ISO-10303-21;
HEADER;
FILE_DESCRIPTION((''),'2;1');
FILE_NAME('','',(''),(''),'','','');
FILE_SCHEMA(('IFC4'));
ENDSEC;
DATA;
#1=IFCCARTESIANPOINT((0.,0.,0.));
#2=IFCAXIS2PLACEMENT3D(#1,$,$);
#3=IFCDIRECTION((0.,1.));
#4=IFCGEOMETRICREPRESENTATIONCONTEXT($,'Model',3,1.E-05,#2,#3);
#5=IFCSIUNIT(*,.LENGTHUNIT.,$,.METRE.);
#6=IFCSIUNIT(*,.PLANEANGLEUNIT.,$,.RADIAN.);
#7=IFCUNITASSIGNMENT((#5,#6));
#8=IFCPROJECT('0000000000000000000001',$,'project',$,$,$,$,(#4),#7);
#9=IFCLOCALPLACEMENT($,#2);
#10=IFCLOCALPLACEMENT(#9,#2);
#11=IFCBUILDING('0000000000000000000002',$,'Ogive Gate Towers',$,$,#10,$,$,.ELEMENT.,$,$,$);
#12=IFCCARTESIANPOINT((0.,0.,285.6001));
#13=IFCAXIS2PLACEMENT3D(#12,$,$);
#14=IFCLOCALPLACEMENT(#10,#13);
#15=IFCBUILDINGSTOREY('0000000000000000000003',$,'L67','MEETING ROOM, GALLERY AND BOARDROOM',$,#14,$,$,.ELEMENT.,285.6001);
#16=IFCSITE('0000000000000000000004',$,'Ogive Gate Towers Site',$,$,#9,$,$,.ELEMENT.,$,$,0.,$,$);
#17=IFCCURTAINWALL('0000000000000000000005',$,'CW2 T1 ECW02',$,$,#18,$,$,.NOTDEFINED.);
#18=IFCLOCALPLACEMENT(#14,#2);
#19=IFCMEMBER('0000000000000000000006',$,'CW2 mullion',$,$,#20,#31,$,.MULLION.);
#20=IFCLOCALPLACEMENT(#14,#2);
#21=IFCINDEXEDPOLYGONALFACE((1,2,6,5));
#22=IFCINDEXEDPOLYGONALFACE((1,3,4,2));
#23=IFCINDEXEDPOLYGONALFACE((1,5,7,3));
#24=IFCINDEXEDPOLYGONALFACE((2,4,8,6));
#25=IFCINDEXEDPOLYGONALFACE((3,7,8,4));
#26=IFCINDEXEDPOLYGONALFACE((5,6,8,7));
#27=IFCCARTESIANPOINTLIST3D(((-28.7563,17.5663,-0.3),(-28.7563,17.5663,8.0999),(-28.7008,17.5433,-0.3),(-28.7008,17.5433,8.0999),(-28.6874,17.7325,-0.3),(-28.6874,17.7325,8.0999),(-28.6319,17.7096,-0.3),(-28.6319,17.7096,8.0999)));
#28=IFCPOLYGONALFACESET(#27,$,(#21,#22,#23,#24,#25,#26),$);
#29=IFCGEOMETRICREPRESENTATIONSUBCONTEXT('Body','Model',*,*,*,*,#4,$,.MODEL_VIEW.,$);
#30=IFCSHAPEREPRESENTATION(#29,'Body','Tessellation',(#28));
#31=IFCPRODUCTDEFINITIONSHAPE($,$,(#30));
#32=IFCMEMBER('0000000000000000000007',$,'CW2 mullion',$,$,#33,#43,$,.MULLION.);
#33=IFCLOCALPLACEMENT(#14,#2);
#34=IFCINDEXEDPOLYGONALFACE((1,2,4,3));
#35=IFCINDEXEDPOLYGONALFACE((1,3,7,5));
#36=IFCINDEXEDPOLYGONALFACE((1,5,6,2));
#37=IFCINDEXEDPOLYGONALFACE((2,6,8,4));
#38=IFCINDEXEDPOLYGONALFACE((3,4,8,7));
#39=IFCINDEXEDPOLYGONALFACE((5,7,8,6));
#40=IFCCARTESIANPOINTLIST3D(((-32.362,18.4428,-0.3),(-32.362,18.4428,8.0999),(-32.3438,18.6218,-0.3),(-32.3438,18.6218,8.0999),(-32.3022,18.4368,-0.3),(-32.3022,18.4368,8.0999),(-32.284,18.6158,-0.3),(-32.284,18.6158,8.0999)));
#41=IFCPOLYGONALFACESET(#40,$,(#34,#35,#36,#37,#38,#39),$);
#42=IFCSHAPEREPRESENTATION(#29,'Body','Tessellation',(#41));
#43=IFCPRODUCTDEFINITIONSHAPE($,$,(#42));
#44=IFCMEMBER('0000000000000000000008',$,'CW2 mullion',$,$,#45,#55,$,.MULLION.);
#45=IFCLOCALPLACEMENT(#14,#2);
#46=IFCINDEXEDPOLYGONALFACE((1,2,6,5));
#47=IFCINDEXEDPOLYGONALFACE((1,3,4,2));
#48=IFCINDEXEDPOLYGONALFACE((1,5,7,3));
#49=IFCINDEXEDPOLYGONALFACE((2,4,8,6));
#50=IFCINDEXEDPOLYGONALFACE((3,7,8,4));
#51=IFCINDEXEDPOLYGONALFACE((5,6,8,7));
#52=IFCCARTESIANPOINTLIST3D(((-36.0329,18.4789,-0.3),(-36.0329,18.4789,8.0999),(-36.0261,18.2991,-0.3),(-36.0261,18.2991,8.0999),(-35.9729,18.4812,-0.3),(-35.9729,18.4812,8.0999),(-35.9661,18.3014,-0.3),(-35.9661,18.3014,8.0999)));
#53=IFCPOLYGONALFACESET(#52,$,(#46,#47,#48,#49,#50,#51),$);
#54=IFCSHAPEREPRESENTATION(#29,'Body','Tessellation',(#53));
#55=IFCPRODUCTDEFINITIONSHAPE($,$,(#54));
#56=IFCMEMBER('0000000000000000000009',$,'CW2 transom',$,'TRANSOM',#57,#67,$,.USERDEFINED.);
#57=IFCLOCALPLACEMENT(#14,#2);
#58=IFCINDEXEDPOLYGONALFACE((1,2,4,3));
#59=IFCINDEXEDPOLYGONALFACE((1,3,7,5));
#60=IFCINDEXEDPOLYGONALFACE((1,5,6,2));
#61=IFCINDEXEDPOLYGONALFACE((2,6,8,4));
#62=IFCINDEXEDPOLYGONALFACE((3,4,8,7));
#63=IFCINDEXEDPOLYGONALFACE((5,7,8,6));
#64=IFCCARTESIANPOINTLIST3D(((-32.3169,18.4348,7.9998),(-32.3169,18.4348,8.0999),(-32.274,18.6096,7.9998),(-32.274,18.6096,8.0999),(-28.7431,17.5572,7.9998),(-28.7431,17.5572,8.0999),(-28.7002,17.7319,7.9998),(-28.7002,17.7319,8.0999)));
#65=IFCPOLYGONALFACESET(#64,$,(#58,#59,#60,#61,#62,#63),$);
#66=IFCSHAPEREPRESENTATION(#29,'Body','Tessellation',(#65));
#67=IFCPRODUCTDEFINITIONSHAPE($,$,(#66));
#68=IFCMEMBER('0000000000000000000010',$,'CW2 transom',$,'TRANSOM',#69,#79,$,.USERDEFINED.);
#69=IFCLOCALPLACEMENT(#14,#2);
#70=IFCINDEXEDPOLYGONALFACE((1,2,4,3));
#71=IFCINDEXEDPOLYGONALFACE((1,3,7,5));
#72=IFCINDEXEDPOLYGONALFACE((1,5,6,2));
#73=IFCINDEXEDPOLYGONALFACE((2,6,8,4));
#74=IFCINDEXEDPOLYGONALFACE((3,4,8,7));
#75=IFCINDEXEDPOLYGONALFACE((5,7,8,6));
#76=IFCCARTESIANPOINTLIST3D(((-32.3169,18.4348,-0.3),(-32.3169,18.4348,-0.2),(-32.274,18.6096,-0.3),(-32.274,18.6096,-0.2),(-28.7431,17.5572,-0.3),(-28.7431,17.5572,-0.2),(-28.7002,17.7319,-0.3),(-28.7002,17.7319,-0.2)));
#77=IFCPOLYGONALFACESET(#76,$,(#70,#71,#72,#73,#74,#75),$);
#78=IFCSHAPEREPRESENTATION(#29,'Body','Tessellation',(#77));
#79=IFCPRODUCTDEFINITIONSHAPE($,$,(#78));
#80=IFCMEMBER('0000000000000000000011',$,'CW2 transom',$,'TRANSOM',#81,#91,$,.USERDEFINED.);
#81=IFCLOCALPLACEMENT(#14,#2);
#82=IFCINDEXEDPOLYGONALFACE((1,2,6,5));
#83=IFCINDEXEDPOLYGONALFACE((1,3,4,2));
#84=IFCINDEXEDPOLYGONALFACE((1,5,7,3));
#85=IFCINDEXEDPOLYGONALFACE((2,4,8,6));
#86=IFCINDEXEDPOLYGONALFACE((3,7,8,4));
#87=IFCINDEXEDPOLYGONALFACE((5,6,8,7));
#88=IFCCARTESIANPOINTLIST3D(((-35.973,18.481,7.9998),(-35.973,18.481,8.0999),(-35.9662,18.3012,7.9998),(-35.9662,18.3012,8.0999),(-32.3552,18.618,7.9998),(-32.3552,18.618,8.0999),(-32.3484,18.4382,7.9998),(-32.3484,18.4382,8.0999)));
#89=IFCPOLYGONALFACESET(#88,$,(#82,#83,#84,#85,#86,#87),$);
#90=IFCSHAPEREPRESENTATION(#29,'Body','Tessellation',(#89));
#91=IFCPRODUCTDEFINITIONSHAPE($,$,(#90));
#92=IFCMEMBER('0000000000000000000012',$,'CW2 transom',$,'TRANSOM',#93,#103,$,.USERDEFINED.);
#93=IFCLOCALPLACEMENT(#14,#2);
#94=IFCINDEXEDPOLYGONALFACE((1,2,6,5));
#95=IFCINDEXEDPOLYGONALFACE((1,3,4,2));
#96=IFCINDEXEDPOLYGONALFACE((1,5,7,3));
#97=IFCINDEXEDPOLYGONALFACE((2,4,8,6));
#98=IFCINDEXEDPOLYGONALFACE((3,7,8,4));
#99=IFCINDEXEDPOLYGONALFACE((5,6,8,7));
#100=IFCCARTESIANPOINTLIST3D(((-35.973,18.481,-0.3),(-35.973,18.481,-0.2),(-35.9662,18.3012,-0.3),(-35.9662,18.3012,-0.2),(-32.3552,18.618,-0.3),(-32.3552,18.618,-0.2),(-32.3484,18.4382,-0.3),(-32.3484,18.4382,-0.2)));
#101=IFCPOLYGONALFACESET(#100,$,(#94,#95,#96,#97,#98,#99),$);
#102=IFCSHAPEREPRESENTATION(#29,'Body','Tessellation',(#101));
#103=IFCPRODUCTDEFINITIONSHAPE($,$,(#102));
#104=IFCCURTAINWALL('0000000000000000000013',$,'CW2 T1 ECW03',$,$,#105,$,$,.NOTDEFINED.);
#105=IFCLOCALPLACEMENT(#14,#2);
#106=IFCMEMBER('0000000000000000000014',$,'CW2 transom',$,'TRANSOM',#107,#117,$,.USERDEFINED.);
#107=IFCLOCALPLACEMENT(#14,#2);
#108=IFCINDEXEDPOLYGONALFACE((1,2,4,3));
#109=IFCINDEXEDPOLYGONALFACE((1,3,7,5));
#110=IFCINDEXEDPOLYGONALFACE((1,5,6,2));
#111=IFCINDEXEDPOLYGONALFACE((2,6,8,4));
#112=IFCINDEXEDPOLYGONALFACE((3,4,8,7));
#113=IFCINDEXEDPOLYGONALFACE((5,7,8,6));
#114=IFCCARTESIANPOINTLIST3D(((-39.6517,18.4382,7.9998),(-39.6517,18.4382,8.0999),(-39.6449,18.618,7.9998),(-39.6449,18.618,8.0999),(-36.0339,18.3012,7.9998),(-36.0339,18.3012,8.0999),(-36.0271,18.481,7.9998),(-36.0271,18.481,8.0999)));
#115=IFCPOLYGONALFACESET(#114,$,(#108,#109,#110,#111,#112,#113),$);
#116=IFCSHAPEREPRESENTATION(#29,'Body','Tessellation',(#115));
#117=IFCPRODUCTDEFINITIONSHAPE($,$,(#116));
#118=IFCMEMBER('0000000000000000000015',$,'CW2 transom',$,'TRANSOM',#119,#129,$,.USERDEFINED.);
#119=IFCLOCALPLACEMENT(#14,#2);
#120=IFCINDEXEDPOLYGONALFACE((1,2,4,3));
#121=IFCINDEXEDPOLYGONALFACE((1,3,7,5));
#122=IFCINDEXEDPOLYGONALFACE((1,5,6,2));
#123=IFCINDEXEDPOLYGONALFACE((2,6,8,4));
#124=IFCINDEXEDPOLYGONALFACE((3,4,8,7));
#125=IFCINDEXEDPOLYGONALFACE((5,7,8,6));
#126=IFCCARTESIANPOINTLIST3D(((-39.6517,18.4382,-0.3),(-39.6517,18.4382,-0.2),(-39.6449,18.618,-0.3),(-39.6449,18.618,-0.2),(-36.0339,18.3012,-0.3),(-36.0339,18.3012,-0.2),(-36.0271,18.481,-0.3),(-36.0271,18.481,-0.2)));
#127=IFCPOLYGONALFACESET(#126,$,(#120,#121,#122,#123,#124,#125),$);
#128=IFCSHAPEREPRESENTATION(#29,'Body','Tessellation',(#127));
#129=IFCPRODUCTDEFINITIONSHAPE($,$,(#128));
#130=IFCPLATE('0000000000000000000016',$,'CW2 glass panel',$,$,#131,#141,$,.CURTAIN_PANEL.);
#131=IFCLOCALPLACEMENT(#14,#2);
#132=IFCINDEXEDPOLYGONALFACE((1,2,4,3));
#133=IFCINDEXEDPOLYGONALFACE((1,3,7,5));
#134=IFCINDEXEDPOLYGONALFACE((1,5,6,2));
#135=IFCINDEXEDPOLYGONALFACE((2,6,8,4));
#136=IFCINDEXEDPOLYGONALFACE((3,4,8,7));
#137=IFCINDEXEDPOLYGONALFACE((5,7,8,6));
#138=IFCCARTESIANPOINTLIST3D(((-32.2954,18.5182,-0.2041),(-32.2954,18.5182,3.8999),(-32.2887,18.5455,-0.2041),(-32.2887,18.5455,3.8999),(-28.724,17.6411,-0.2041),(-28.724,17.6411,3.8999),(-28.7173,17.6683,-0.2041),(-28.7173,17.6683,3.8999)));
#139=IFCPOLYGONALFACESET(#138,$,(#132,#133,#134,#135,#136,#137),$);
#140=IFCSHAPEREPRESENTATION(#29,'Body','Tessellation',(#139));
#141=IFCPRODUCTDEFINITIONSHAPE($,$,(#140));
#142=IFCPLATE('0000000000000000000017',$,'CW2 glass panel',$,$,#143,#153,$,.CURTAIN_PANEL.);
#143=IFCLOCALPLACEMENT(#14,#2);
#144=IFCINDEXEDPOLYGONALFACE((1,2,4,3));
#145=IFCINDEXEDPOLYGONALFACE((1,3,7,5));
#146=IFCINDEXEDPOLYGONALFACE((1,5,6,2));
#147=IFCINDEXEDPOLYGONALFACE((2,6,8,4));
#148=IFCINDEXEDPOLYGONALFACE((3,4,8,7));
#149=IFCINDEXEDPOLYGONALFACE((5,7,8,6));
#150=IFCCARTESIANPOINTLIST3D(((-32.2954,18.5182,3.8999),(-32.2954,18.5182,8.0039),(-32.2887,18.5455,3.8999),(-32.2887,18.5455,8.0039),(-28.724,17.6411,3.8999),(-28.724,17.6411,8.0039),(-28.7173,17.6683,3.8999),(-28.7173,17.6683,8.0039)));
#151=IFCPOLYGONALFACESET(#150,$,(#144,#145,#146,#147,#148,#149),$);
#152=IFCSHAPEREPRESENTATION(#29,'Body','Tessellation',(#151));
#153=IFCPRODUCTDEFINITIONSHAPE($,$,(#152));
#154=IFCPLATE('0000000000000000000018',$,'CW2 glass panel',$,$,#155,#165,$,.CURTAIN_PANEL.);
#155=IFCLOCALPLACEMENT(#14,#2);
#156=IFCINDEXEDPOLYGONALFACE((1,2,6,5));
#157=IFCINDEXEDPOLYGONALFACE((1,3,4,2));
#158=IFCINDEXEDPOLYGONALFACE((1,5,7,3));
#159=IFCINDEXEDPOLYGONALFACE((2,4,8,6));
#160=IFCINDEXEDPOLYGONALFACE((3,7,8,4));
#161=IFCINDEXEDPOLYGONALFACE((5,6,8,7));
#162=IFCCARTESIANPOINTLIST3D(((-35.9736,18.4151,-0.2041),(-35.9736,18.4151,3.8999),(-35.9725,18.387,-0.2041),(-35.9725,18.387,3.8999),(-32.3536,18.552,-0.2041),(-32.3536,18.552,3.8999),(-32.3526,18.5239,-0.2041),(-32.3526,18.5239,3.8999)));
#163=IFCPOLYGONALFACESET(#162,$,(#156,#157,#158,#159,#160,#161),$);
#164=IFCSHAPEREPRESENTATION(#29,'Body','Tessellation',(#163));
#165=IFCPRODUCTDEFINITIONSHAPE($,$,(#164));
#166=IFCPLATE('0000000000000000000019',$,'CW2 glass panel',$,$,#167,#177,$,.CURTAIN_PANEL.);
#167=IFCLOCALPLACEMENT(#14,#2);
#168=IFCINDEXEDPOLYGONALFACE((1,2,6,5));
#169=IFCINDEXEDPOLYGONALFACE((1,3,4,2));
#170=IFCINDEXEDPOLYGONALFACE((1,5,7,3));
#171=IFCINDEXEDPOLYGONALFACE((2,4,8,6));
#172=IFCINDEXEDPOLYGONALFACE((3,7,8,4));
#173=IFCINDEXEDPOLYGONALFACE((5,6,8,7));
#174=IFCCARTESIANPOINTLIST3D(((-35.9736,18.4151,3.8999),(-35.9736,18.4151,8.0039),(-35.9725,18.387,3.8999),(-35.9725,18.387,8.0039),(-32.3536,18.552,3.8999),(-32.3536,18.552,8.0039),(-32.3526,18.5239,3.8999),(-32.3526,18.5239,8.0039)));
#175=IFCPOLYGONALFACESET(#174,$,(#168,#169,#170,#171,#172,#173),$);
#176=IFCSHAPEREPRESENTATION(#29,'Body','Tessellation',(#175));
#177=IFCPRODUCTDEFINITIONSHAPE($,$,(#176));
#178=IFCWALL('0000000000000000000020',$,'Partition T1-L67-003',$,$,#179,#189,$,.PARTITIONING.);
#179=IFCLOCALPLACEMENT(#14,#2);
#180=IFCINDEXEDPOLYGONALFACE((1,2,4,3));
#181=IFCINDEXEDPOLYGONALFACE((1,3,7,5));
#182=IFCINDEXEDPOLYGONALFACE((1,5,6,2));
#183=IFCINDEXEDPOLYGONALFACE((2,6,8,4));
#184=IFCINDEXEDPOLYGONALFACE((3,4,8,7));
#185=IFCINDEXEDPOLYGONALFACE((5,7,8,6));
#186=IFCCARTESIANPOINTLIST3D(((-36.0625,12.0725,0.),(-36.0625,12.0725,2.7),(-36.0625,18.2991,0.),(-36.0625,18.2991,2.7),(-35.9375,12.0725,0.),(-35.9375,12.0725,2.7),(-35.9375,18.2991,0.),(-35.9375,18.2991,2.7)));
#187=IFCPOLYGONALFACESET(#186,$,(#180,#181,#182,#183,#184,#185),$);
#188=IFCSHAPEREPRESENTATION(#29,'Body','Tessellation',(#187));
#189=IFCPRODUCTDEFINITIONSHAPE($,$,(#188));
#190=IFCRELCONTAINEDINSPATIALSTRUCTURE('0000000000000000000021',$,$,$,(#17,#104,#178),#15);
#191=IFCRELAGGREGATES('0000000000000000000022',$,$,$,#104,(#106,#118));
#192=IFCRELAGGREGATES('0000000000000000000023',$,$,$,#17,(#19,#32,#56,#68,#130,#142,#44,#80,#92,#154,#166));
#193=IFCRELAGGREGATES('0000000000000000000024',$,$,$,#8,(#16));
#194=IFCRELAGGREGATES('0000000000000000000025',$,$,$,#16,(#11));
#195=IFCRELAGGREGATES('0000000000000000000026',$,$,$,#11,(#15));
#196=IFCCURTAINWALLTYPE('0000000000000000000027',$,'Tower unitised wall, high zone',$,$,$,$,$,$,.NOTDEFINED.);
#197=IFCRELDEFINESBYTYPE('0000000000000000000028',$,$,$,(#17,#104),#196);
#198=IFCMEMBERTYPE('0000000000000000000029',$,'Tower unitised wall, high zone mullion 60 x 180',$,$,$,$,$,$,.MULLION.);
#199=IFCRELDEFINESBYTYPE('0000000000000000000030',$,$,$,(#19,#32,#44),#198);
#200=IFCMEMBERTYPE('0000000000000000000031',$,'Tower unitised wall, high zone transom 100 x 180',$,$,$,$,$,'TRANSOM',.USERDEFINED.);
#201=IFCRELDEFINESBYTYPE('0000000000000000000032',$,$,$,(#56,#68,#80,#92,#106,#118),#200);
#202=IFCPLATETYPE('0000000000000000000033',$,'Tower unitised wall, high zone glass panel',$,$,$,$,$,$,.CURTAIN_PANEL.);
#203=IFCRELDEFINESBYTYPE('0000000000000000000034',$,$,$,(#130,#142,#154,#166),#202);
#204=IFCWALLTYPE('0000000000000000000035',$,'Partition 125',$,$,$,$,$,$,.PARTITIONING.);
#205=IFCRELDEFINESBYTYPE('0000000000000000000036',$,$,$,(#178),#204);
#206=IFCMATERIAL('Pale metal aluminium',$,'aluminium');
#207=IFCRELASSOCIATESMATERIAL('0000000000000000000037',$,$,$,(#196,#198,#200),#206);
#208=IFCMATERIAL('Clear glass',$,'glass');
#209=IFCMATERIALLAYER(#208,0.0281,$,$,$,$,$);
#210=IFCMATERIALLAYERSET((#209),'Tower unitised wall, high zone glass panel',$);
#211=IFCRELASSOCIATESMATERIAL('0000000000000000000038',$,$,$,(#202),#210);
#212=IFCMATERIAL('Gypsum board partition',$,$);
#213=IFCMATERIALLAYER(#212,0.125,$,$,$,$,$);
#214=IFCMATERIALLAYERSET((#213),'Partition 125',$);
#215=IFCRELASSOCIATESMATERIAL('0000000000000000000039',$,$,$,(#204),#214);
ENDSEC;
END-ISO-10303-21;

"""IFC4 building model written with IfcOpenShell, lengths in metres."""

from ifc_helpers import new_model, si_unit, direction, frame, frame_2d, origin, origin_2d, place, context, subcontext, project, spatial, rectangle, extrude, material, layer, layer_set, material_profile, profile_set, type_object, element, aggregate, save


model = new_model("IFC4")

# Units and contexts
model_context = context("Model", 3, precision=1e-05, world=origin(), true_north=direction((0.0, 1.0)))
body_context = subcontext(model_context, "Body", "Model", "MODEL_VIEW")
ifc_project = project(units=[si_unit("LENGTHUNIT", "METRE"), si_unit("PLANEANGLEUNIT", "RADIAN")], contexts=[model_context])

# Site, building, storey
site_placement = place(None, origin())
site = spatial("IfcSite", under=ifc_project, at=site_placement, Name="Ogive Gate Towers Site", CompositionType="ELEMENT", RefElevation=0.0)
building_placement = place(site_placement, origin())
building = spatial("IfcBuilding", under=site, at=building_placement, Name="Ogive Gate Towers", CompositionType="ELEMENT")
storey_placement = place(building_placement, frame((0.0, 0.0, 285.6001)))
storey = spatial("IfcBuildingStorey", under=building, at=storey_placement, Name="L67", Description="MEETING ROOM, GALLERY AND BOARDROOM", CompositionType="ELEMENT", Elevation=285.6001)

# Curtain walls, members
ifc_material_1 = material(Name="Pale metal aluminium", Category="aluminium")
curtain_wall_type = type_object("IfcCurtainWallType", Name="Tower unitised wall, high zone", PredefinedType="NOTDEFINED", material=ifc_material_1)
curtain_wall_1_placement = place(storey_placement, origin())
curtain_wall_1 = element("IfcCurtainWall", 1, at=curtain_wall_1_placement, inside=storey, type_object=curtain_wall_type, Name="CW2 T1 ECW02", PredefinedType="NOTDEFINED")
ifc_material_profile_1 = material_profile(ifc_material_1, rectangle(XDim=0.1799, YDim=0.0601, at=origin_2d()), Name="60 x 180 aluminium box")
ifc_profile_set_1 = profile_set([ifc_material_profile_1], Name="Pale metal aluminium")
member_type_1 = type_object("IfcMemberType", Name="Tower unitised wall, high zone mullion 60 x 180", PredefinedType="MULLION", material=ifc_profile_set_1)
member_1_placement = place(storey_placement, frame((-28.6941, 17.6379, -0.3), z_axis=(0.0, 0.0, 1.0), x_axis=(0.382683, 0.92388, 0.0)))
member_1 = element("IfcMember", 2, at=member_1_placement, type_object=member_type_1, Name="CW2 mullion", PredefinedType="MULLION", context=body_context, shape_type="SweptSolid", body=[
    extrude(rectangle(XDim=0.1799, YDim=0.0601, at=origin_2d()), origin(), (0.0, 0.0, 1.0), 8.3999),
])
member_2_placement = place(storey_placement, frame((-32.323, 18.5293, -0.3), z_axis=(0.0, 0.0, 1.0), x_axis=(0.101351, 0.994851, 0.0)))
member_2 = element("IfcMember", 3, at=member_2_placement, type_object=member_type_1, Name="CW2 mullion", PredefinedType="MULLION", context=body_context, shape_type="SweptSolid", body=[
    extrude(rectangle(XDim=0.1799, YDim=0.0601, at=origin_2d()), origin(), (0.0, 0.0, 1.0), 8.3999),
])
member_3_placement = place(storey_placement, frame((-35.9995, 18.3901, -0.3), z_axis=(0.0, 0.0, 1.0), x_axis=(-0.037795, 0.999286, 0.0)))
member_3 = element("IfcMember", 4, at=member_3_placement, type_object=member_type_1, Name="CW2 mullion", PredefinedType="MULLION", context=body_context, shape_type="SweptSolid", body=[
    extrude(rectangle(XDim=0.1799, YDim=0.0601, at=origin_2d()), origin(), (0.0, 0.0, 1.0), 8.3999),
])
ifc_material_profile_2 = material_profile(ifc_material_1, rectangle(XDim=0.1799, YDim=0.1001, at=origin_2d()), Name="100 x 180 aluminium box")
ifc_profile_set_2 = profile_set([ifc_material_profile_2], Name="Pale metal aluminium")
member_type_2 = type_object("IfcMemberType", Name="Tower unitised wall, high zone transom 100 x 180", ElementType="TRANSOM", PredefinedType="USERDEFINED", material=ifc_profile_set_2)
member_4_placement = place(storey_placement, frame((-28.7217, 17.6445, 8.0498), z_axis=(-0.971141, 0.238506, 0.0), x_axis=(-0.238506, -0.971141, 0.0)))
member_4 = element("IfcMember", 5, at=member_4_placement, type_object=member_type_2, Name="CW2 transom", ObjectType="TRANSOM", PredefinedType="USERDEFINED", context=body_context, shape_type="SweptSolid", body=[
    extrude(rectangle(XDim=0.1799, YDim=0.1001, at=origin_2d()), origin(), (0.0, 0.0, 1.0), 3.6799),
])
member_5_placement = place(storey_placement, frame((-28.7217, 17.6445, -0.25), z_axis=(-0.971141, 0.238506, 0.0), x_axis=(-0.238506, -0.971141, 0.0)))
member_5 = element("IfcMember", 6, at=member_5_placement, type_object=member_type_2, Name="CW2 transom", ObjectType="TRANSOM", PredefinedType="USERDEFINED", context=body_context, shape_type="SweptSolid", body=[
    extrude(rectangle(XDim=0.1799, YDim=0.1001, at=origin_2d()), origin(), (0.0, 0.0, 1.0), 3.6799),
])
member_6_placement = place(storey_placement, frame((-32.3518, 18.5281, 8.0498), z_axis=(-0.999284, -0.037832, 0.0), x_axis=(0.037832, -0.999284, 0.0)))
member_6 = element("IfcMember", 7, at=member_6_placement, type_object=member_type_2, Name="CW2 transom", ObjectType="TRANSOM", PredefinedType="USERDEFINED", context=body_context, shape_type="SweptSolid", body=[
    extrude(rectangle(XDim=0.1799, YDim=0.1001, at=origin_2d()), origin(), (0.0, 0.0, 1.0), 3.6204),
])
member_7_placement = place(storey_placement, frame((-32.3518, 18.5281, -0.25), z_axis=(-0.999284, -0.037832, 0.0), x_axis=(0.037832, -0.999284, 0.0)))
member_7 = element("IfcMember", 8, at=member_7_placement, type_object=member_type_2, Name="CW2 transom", ObjectType="TRANSOM", PredefinedType="USERDEFINED", context=body_context, shape_type="SweptSolid", body=[
    extrude(rectangle(XDim=0.1799, YDim=0.1001, at=origin_2d()), origin(), (0.0, 0.0, 1.0), 3.6204),
])
curtain_wall_2_placement = place(storey_placement, origin())
curtain_wall_2 = element("IfcCurtainWall", 9, at=curtain_wall_2_placement, inside=storey, type_object=curtain_wall_type, Name="CW2 T1 ECW03", PredefinedType="NOTDEFINED")
member_8_placement = place(storey_placement, frame((-36.0305, 18.3911, 8.0498), z_axis=(-0.999284, 0.037832, 0.0), x_axis=(-0.037832, -0.999284, 0.0)))
member_8 = element("IfcMember", 10, at=member_8_placement, type_object=member_type_2, Name="CW2 transom", ObjectType="TRANSOM", PredefinedType="USERDEFINED", context=body_context, shape_type="SweptSolid", body=[
    extrude(rectangle(XDim=0.1799, YDim=0.1001, at=origin_2d()), origin(), (0.0, 0.0, 1.0), 3.6204),
])
member_9_placement = place(storey_placement, frame((-36.0305, 18.3911, -0.25), z_axis=(-0.999284, 0.037832, 0.0), x_axis=(-0.037832, -0.999284, 0.0)))
member_9 = element("IfcMember", 11, at=member_9_placement, type_object=member_type_2, Name="CW2 transom", ObjectType="TRANSOM", PredefinedType="USERDEFINED", context=body_context, shape_type="SweptSolid", body=[
    extrude(rectangle(XDim=0.1799, YDim=0.1001, at=origin_2d()), origin(), (0.0, 0.0, 1.0), 3.6204),
])
aggregate(curtain_wall_2, [member_8, member_9])

# Plates
ifc_material_2 = material(Name="Clear glass", Category="glass")
ifc_layer_1 = layer(ifc_material_2, 0.0281)
ifc_layer_set_1 = layer_set([ifc_layer_1], Name="Tower unitised wall, high zone glass panel")
plate_type = type_object("IfcPlateType", Name="Tower unitised wall, high zone glass panel", PredefinedType="CURTAIN_PANEL", material=ifc_layer_set_1)
plate_1_placement = place(storey_placement, frame((-30.5063, 18.0933, -0.2041), z_axis=(0.0, 0.0, 1.0), x_axis=(-0.971138, 0.238517, 0.0)))
plate_1 = element("IfcPlate", 12, at=plate_1_placement, type_object=plate_type, Name="CW2 glass panel", PredefinedType="CURTAIN_PANEL", context=body_context, shape_type="SweptSolid", body=[
    extrude(rectangle(XDim=3.6775, YDim=0.0281, at=origin_2d()), origin(), (0.0, 0.0, 1.0), 4.104),
])
plate_2_placement = place(storey_placement, frame((-30.5063, 18.0933, 3.8999), z_axis=(0.0, 0.0, 1.0), x_axis=(-0.971138, 0.238517, 0.0)))
plate_2 = element("IfcPlate", 13, at=plate_2_placement, type_object=plate_type, Name="CW2 glass panel", PredefinedType="CURTAIN_PANEL", context=body_context, shape_type="SweptSolid", body=[
    extrude(rectangle(XDim=3.6775, YDim=0.0281, at=origin_2d()), origin(), (0.0, 0.0, 1.0), 4.104),
])
plate_3_placement = place(storey_placement, frame((-34.1631, 18.4695, -0.2041), z_axis=(0.0, 0.0, 1.0), x_axis=(-0.999286, -0.037795, 0.0)))
plate_3 = element("IfcPlate", 14, at=plate_3_placement, type_object=plate_type, Name="CW2 glass panel", PredefinedType="CURTAIN_PANEL", context=body_context, shape_type="SweptSolid", body=[
    extrude(rectangle(XDim=3.6226, YDim=0.0281, at=origin_2d()), origin(), (0.0, 0.0, 1.0), 4.104),
])
plate_4_placement = place(storey_placement, frame((-34.1631, 18.4695, 3.8999), z_axis=(0.0, 0.0, 1.0), x_axis=(-0.999286, -0.037795, 0.0)))
plate_4 = element("IfcPlate", 15, at=plate_4_placement, type_object=plate_type, Name="CW2 glass panel", PredefinedType="CURTAIN_PANEL", context=body_context, shape_type="SweptSolid", body=[
    extrude(rectangle(XDim=3.6226, YDim=0.0281, at=origin_2d()), origin(), (0.0, 0.0, 1.0), 4.104),
])
aggregate(curtain_wall_1, [member_1, member_2, member_4, member_5, plate_1, plate_2, member_3, member_6, member_7, plate_3, plate_4])

# Wall
ifc_material_3 = material(Name="Gypsum board partition")
ifc_layer_2 = layer(ifc_material_3, 0.125)
ifc_layer_set_2 = layer_set([ifc_layer_2], Name="Partition 125")
wall_type = type_object("IfcWallType", Name="Partition 125", PredefinedType="PARTITIONING", material=ifc_layer_set_2)
wall_placement = place(storey_placement, frame((-36.0, 18.2991, 0.0), z_axis=(0.0, 0.0, 1.0), x_axis=(0.0, -1.0, 0.0)))
element("IfcWall", 16, at=wall_placement, inside=storey, type_object=wall_type, Name="Partition T1-L67-003", PredefinedType="PARTITIONING", context=body_context, shape_type="SweptSolid", body=[
    extrude(rectangle(XDim=6.2266, YDim=0.125, at=frame_2d((3.1133, 0.0))), origin(), (0.0, 0.0, 1.0), 2.7),
])

save(model, "model.ifc")
